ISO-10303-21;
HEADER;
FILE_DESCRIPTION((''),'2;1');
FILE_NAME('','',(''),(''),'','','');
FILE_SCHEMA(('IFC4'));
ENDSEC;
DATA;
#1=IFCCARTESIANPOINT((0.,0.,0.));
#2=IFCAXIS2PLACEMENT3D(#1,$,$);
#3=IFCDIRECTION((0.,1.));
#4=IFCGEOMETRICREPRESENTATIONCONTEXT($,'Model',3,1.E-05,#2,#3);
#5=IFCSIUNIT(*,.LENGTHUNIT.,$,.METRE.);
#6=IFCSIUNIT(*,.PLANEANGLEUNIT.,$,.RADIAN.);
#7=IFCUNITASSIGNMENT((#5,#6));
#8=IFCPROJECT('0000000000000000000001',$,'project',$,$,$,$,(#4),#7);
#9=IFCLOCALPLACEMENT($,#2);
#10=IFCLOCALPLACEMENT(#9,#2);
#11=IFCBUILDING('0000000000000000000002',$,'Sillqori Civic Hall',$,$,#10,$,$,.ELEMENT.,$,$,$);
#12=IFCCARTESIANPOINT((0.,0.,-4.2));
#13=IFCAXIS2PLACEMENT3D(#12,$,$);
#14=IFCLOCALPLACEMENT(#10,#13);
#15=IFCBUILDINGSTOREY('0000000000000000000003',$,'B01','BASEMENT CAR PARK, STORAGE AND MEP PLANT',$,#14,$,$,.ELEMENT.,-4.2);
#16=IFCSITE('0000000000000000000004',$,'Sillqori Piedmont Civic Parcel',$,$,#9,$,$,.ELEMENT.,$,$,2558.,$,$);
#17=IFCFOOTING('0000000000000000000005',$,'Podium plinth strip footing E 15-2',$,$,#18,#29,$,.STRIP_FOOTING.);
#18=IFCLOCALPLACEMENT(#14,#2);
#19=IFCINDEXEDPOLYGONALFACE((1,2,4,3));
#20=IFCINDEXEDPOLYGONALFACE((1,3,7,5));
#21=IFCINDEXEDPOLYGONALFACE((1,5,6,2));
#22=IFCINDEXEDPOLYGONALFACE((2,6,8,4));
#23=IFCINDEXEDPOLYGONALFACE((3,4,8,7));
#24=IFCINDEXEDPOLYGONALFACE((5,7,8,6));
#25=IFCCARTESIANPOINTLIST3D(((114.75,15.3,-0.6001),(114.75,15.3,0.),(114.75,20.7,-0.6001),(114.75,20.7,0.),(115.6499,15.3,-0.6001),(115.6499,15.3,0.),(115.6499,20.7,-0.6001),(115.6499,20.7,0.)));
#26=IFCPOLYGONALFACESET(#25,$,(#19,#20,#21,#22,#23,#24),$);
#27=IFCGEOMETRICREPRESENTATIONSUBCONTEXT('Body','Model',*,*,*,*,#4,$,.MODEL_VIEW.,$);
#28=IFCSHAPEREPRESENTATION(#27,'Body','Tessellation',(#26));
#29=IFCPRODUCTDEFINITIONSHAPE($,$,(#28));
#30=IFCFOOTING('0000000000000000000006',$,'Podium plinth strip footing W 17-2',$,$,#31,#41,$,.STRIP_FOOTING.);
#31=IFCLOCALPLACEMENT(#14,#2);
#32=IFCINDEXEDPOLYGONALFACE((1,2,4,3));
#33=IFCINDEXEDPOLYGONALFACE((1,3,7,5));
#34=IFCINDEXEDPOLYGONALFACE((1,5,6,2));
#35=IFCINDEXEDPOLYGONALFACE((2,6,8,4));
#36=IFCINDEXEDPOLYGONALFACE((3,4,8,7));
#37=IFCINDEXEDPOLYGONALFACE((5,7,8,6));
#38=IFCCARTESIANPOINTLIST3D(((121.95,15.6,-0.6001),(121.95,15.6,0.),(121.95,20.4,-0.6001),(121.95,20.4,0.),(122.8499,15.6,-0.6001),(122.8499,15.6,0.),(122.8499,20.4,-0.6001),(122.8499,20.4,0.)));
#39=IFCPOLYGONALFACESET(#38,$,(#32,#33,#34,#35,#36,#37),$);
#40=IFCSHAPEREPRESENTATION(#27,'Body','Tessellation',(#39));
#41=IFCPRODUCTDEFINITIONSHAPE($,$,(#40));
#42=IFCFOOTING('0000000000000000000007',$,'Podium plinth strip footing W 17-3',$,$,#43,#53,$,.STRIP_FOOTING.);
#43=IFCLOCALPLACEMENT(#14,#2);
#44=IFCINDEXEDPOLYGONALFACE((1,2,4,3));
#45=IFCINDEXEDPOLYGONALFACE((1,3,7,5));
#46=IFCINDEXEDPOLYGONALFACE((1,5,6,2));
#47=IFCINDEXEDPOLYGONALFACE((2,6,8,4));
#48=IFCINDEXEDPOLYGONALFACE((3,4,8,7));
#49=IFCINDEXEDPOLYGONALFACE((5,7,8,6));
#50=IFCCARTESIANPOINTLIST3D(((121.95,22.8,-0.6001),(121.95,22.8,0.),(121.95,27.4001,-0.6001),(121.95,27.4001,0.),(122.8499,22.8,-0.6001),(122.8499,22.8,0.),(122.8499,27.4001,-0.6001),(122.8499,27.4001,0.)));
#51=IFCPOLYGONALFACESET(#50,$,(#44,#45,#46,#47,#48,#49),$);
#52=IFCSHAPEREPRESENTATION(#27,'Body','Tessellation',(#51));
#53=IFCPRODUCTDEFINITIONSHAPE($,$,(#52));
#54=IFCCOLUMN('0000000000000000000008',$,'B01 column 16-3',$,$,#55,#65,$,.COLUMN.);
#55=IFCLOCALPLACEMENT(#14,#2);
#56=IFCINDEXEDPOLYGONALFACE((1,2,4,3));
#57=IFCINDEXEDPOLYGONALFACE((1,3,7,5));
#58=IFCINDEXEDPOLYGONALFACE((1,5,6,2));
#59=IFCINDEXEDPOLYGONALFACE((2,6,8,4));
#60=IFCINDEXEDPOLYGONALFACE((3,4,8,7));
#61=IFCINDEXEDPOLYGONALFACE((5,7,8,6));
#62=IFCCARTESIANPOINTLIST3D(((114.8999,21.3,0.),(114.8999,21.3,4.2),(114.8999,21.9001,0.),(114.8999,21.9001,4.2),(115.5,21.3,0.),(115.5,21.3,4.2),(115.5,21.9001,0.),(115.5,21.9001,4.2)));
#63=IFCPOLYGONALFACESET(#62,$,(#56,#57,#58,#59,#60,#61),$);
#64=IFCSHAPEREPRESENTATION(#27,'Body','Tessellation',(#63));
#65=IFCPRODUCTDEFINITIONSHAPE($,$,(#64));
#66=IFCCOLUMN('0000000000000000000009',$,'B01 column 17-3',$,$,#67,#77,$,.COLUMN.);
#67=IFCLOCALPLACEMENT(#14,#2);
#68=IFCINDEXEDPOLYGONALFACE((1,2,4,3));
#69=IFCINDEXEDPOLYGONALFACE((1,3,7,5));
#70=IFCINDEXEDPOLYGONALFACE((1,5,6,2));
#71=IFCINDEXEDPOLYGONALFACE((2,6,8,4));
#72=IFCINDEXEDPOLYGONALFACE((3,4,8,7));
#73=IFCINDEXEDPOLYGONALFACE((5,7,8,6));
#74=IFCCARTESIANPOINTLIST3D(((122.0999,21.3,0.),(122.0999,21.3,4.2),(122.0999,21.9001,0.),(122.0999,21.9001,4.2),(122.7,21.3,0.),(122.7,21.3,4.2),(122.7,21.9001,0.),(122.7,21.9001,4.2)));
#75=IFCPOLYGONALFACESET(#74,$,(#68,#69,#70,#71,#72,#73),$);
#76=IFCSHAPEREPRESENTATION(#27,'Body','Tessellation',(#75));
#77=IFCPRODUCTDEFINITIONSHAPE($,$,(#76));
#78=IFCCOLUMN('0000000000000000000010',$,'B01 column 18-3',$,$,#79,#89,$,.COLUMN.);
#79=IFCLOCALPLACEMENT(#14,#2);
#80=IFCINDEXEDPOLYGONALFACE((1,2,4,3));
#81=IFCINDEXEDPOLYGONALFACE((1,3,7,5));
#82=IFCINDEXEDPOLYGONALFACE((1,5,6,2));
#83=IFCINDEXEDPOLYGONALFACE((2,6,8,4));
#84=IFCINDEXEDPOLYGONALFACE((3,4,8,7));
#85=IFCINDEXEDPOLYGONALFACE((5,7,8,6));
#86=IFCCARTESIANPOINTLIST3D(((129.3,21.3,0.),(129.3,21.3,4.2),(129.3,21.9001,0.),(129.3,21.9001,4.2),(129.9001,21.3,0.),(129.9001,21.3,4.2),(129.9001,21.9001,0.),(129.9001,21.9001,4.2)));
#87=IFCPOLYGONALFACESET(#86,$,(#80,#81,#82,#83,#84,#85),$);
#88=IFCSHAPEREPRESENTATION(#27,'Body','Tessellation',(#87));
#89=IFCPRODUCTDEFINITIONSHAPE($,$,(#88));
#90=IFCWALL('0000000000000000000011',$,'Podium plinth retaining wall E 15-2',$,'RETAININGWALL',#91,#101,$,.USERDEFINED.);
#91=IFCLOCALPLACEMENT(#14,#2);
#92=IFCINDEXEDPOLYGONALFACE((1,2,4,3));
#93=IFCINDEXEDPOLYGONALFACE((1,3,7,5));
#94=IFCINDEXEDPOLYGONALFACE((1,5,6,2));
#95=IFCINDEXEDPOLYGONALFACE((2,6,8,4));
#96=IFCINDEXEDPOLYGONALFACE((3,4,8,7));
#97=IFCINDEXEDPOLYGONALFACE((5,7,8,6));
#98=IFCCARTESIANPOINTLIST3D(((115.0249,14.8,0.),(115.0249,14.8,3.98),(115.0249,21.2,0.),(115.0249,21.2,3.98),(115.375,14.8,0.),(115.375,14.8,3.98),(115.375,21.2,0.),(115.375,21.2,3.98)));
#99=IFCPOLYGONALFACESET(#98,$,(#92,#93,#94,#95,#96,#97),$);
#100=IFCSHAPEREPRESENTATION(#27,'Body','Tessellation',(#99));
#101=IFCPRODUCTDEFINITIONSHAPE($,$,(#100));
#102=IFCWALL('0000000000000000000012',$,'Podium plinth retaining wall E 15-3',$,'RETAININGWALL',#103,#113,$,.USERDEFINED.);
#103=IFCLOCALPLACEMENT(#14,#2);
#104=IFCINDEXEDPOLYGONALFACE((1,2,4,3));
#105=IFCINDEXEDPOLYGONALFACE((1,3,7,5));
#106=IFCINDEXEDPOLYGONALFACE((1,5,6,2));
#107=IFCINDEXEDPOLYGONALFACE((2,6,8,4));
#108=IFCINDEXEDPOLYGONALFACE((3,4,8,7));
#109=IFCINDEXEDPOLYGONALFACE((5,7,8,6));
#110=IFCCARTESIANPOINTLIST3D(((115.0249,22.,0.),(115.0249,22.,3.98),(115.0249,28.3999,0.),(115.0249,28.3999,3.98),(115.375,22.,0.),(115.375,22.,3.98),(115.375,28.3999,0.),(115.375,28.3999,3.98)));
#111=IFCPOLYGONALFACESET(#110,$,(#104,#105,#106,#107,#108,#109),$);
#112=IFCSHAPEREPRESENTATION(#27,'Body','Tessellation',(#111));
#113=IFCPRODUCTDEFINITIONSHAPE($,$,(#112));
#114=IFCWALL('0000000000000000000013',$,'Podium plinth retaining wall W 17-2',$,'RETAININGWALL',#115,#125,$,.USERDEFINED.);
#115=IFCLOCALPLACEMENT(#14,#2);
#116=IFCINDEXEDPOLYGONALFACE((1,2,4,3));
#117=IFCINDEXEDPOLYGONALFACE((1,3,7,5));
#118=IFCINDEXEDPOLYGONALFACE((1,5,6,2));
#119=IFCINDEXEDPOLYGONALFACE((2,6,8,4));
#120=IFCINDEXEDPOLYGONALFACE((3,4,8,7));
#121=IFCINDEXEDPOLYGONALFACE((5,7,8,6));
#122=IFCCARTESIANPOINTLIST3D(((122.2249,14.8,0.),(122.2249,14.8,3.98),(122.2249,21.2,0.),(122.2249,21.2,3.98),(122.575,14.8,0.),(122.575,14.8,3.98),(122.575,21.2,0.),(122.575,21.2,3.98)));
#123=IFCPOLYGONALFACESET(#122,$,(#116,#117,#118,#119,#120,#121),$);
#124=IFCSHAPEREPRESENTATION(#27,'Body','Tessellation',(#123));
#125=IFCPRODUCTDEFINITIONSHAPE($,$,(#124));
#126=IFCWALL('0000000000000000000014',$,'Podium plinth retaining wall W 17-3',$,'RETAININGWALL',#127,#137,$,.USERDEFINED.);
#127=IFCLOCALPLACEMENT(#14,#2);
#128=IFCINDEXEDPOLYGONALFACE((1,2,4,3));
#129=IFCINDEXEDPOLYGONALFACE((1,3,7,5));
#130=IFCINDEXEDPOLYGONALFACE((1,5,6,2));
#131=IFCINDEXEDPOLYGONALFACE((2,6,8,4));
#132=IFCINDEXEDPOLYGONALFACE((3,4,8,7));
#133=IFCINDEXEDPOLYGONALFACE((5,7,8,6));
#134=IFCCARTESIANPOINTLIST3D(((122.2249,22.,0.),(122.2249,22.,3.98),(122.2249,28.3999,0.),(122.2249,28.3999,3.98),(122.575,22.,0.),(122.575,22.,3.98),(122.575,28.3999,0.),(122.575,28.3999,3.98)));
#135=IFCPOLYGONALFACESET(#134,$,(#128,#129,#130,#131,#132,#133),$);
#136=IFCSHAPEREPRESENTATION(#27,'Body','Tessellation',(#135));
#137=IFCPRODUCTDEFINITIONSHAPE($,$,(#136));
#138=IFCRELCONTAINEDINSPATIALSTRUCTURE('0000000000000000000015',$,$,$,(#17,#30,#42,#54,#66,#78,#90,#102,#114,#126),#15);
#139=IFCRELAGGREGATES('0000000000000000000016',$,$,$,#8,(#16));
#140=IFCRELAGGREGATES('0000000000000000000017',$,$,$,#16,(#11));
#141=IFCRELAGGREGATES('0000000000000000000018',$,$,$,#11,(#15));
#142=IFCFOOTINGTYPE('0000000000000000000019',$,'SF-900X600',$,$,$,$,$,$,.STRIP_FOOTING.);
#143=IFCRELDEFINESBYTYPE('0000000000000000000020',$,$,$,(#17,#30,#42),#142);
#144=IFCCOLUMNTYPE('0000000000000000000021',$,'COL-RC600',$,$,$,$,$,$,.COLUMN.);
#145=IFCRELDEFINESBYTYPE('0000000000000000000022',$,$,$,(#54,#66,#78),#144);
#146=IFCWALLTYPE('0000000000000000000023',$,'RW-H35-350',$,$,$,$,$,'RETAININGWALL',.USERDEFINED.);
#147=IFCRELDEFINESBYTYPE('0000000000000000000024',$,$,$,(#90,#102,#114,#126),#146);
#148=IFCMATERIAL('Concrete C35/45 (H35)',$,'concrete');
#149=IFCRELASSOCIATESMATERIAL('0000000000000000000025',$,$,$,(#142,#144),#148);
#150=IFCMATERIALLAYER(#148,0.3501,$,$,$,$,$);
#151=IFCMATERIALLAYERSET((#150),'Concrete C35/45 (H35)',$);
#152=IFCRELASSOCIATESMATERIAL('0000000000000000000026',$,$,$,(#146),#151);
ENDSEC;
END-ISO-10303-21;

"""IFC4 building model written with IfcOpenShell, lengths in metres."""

from ifc_helpers import new_model, si_unit, direction, frame, frame_2d, origin, origin_2d, place, context, subcontext, project, spatial, rectangle, extrude, material, layer, layer_set, material_profile, profile_set, type_object, element, save


model = new_model("IFC4")

# Units and contexts
model_context = context("Model", 3, precision=1e-05, world=origin(), true_north=direction((0.0, 1.0)))
body_context = subcontext(model_context, "Body", "Model", "MODEL_VIEW")
ifc_project = project(units=[si_unit("LENGTHUNIT", "METRE"), si_unit("PLANEANGLEUNIT", "RADIAN")], contexts=[model_context])

# Site, building, storey
site_placement = place(None, origin())
site = spatial("IfcSite", under=ifc_project, at=site_placement, Name="Sillqori Piedmont Civic Parcel", CompositionType="ELEMENT", RefElevation=2558.0)
building_placement = place(site_placement, origin())
building = spatial("IfcBuilding", under=site, at=building_placement, Name="Sillqori Civic Hall", CompositionType="ELEMENT")
storey_placement = place(building_placement, frame((0.0, 0.0, -4.2)))
storey = spatial("IfcBuildingStorey", under=building, at=storey_placement, Name="B01", Description="BASEMENT CAR PARK, STORAGE AND MEP PLANT", CompositionType="ELEMENT", Elevation=-4.2)

# Shared definitions
ifc_material = material(Name="Concrete C35/45 (H35)", Category="concrete")

# Footings
footing_type_1 = type_object("IfcFootingType", Name="SF-900X600", PredefinedType="STRIP_FOOTING", material=ifc_material)
footing_1_placement = place(storey_placement, frame((115.2, 18.0, -0.6001), z_axis=(0.0, 0.0, 1.0), x_axis=(1.0, 0.0, 0.0)))
element("IfcFooting", 1, at=footing_1_placement, inside=storey, type_object=footing_type_1, Name="Podium plinth strip footing E 15-2", PredefinedType="STRIP_FOOTING", context=body_context, shape_type="SweptSolid", body=[
    extrude(rectangle(XDim=0.8999, YDim=5.3999, at=origin_2d()), origin(), (0.0, 0.0, 1.0), 0.6001),
])
footing_2_placement = place(storey_placement, frame((122.3999, 18.0, -0.6001), z_axis=(0.0, 0.0, 1.0), x_axis=(1.0, 0.0, 0.0)))
element("IfcFooting", 2, at=footing_2_placement, inside=storey, type_object=footing_type_1, Name="Podium plinth strip footing W 17-2", PredefinedType="STRIP_FOOTING", context=body_context, shape_type="SweptSolid", body=[
    extrude(rectangle(XDim=0.8999, YDim=4.8, at=origin_2d()), origin(), (0.0, 0.0, 1.0), 0.6001),
])
footing_3_placement = place(storey_placement, frame((122.3999, 25.1001, -0.6001), z_axis=(0.0, 0.0, 1.0), x_axis=(1.0, 0.0, 0.0)))
element("IfcFooting", 3, at=footing_3_placement, inside=storey, type_object=footing_type_1, Name="Podium plinth strip footing W 17-3", PredefinedType="STRIP_FOOTING", context=body_context, shape_type="SweptSolid", body=[
    extrude(rectangle(XDim=0.8999, YDim=4.6001, at=origin_2d()), origin(), (0.0, 0.0, 1.0), 0.6001),
])

# Columns
ifc_material_profile_1 = material_profile(ifc_material, rectangle(XDim=0.6001, YDim=0.6001, at=origin_2d()), Name="RC 600x600")
ifc_profile_set_1 = profile_set([ifc_material_profile_1], Name="Concrete C35/45 (H35)")
column_type = type_object("IfcColumnType", Name="COL-RC600", PredefinedType="COLUMN", material=ifc_profile_set_1)
for number, where, z_axis, x_axis, name in (
    (4, (115.2, 21.6001, 0.0), (0.0, 0.0, 1.0), (1.0, 0.0, 0.0), "B01 column 16-3"),
    (5, (122.3999, 21.6001, 0.0), (0.0, 0.0, 1.0), (1.0, 0.0, 0.0), "B01 column 17-3"),
    (6, (129.6001, 21.6001, 0.0), (0.0, 0.0, 1.0), (1.0, 0.0, 0.0), "B01 column 18-3"),
):
    element("IfcColumn", number, at=place(storey_placement, frame(where, z_axis=z_axis, x_axis=x_axis)), inside=storey, type_object=column_type, Name=name, PredefinedType="COLUMN", context=body_context, shape_type="SweptSolid", body=[
        extrude(rectangle(XDim=0.6001, YDim=0.6001, at=origin_2d()), origin(), (0.0, 0.0, 1.0), 4.2),
    ])

# Walls
ifc_layer = layer(ifc_material, 0.3501)
ifc_layer_set = layer_set([ifc_layer], Name="Concrete C35/45 (H35)")
wall_type = type_object("IfcWallType", Name="RW-H35-350", ElementType="RETAININGWALL", PredefinedType="USERDEFINED", material=ifc_layer_set)
for number, where, z_axis, x_axis, name in (
    (7, (115.2, 14.8, 0.0), (0.0, 0.0, 1.0), (0.0, 1.0, 0.0), "Podium plinth retaining wall E 15-2"),
    (8, (115.2, 22.0, 0.0), (0.0, 0.0, 1.0), (0.0, 1.0, 0.0), "Podium plinth retaining wall E 15-3"),
    (9, (122.3999, 14.8, 0.0), (0.0, 0.0, 1.0), (0.0, 1.0, 0.0), "Podium plinth retaining wall W 17-2"),
    (10, (122.3999, 22.0, 0.0), (0.0, 0.0, 1.0), (0.0, 1.0, 0.0), "Podium plinth retaining wall W 17-3"),
):
    element("IfcWall", number, at=place(storey_placement, frame(where, z_axis=z_axis, x_axis=x_axis)), inside=storey, type_object=wall_type, Name=name, ObjectType="RETAININGWALL", PredefinedType="USERDEFINED", context=body_context, shape_type="SweptSolid", body=[
        extrude(rectangle(XDim=6.3999, YDim=0.3501, at=frame_2d((3.2, 0.0))), origin(), (0.0, 0.0, 1.0), 3.98),
    ])

save(model, "model.ifc")
